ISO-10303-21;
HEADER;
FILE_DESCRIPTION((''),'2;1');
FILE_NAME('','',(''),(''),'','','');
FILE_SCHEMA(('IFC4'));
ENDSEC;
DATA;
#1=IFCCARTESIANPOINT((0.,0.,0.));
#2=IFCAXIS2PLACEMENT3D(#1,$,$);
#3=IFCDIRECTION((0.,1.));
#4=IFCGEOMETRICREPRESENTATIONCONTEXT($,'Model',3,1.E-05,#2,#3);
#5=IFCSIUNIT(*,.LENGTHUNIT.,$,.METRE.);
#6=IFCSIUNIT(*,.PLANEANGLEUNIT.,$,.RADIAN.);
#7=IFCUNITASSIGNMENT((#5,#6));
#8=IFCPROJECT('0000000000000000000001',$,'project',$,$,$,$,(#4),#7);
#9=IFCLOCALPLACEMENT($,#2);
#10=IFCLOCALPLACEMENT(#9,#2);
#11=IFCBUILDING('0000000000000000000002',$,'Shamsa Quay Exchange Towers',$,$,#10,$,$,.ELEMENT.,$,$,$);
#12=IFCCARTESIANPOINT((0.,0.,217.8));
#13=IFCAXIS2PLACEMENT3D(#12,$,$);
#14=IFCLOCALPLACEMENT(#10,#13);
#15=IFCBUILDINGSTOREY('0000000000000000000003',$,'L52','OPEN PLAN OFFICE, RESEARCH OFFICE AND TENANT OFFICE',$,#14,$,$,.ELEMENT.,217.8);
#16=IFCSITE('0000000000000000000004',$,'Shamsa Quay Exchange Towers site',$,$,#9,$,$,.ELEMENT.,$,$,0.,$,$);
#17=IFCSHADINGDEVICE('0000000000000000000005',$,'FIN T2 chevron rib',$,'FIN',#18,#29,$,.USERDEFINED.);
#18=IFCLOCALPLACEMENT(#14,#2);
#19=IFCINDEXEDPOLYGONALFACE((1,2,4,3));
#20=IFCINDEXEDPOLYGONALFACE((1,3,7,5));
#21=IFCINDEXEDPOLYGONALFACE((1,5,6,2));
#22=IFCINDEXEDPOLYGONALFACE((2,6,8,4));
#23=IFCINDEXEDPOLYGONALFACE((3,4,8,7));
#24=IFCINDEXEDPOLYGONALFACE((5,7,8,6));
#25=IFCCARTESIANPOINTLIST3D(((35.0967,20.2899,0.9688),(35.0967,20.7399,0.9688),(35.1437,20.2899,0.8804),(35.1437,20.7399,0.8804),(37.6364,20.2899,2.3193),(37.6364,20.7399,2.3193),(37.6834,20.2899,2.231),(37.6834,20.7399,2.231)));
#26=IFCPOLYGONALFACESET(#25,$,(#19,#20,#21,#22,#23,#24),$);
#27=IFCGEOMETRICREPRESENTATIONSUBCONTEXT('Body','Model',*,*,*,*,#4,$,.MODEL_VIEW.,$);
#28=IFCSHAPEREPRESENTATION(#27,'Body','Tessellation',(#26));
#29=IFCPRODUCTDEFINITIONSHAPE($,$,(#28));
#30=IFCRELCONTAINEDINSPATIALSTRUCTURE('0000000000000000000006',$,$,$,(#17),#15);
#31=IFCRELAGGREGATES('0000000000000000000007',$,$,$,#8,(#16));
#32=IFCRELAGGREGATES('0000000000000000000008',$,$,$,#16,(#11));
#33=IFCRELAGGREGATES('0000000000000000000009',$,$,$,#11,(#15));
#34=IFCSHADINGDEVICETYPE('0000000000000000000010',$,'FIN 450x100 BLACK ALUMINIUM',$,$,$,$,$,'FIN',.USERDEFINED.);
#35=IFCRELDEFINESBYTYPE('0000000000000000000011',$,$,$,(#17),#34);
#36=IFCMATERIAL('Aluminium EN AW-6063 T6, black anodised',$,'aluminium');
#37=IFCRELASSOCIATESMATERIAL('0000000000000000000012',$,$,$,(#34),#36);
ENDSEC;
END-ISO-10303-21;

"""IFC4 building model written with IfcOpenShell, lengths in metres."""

from ifc_helpers import new_model, si_unit, direction, frame, origin, origin_2d, place, context, subcontext, project, spatial, rectangle, extrude, material, material_profile, profile_set, type_object, element, save


model = new_model("IFC4")

# Units and contexts
model_context = context("Model", 3, precision=1e-05, world=origin(), true_north=direction((0.0, 1.0)))
body_context = subcontext(model_context, "Body", "Model", "MODEL_VIEW")
ifc_project = project(units=[si_unit("LENGTHUNIT", "METRE"), si_unit("PLANEANGLEUNIT", "RADIAN")], contexts=[model_context])

# Site, building, storey
site_placement = place(None, origin())
site = spatial("IfcSite", under=ifc_project, at=site_placement, Name="Shamsa Quay Exchange Towers site", CompositionType="ELEMENT", RefElevation=0.0)
building_placement = place(site_placement, origin())
building = spatial("IfcBuilding", under=site, at=building_placement, Name="Shamsa Quay Exchange Towers", CompositionType="ELEMENT")
storey_placement = place(building_placement, frame((0.0, 0.0, 217.8)))
storey = spatial("IfcBuildingStorey", under=building, at=storey_placement, Name="L52", Description="OPEN PLAN OFFICE, RESEARCH OFFICE AND TENANT OFFICE", CompositionType="ELEMENT", Elevation=217.8)

# Shared definitions
ifc_material_1 = material(Name="Aluminium EN AW-6063 T6, black anodised", Category="aluminium")

# Shading device
ifc_material_profile_1 = material_profile(ifc_material_1, rectangle(XDim=0.45, YDim=0.1001, at=origin_2d()), Name="FIN450x100")
ifc_profile_set_1 = profile_set([ifc_material_profile_1], Name="Aluminium EN AW-6063 T6, black anodised")
shading_device_type = type_object("IfcShadingDeviceType", Name="FIN 450x100 BLACK ALUMINIUM", ElementType="FIN", PredefinedType="USERDEFINED", material=ifc_profile_set_1)
shading_device_1_placement = place(storey_placement, frame((37.6599, 20.5149, 2.2751), z_axis=(-0.882926, 0.0, -0.469513), x_axis=(0.0, -1.0, 0.0)))
element("IfcShadingDevice", 1, at=shading_device_1_placement, inside=storey, type_object=shading_device_type, Name="FIN T2 chevron rib", ObjectType="FIN", PredefinedType="USERDEFINED", context=body_context, shape_type="SweptSolid", body=[
    extrude(rectangle(XDim=0.45, YDim=0.1001, at=origin_2d()), origin(), (0.0, 0.0, 1.0), 2.8765),
])

save(model, "model.ifc")
